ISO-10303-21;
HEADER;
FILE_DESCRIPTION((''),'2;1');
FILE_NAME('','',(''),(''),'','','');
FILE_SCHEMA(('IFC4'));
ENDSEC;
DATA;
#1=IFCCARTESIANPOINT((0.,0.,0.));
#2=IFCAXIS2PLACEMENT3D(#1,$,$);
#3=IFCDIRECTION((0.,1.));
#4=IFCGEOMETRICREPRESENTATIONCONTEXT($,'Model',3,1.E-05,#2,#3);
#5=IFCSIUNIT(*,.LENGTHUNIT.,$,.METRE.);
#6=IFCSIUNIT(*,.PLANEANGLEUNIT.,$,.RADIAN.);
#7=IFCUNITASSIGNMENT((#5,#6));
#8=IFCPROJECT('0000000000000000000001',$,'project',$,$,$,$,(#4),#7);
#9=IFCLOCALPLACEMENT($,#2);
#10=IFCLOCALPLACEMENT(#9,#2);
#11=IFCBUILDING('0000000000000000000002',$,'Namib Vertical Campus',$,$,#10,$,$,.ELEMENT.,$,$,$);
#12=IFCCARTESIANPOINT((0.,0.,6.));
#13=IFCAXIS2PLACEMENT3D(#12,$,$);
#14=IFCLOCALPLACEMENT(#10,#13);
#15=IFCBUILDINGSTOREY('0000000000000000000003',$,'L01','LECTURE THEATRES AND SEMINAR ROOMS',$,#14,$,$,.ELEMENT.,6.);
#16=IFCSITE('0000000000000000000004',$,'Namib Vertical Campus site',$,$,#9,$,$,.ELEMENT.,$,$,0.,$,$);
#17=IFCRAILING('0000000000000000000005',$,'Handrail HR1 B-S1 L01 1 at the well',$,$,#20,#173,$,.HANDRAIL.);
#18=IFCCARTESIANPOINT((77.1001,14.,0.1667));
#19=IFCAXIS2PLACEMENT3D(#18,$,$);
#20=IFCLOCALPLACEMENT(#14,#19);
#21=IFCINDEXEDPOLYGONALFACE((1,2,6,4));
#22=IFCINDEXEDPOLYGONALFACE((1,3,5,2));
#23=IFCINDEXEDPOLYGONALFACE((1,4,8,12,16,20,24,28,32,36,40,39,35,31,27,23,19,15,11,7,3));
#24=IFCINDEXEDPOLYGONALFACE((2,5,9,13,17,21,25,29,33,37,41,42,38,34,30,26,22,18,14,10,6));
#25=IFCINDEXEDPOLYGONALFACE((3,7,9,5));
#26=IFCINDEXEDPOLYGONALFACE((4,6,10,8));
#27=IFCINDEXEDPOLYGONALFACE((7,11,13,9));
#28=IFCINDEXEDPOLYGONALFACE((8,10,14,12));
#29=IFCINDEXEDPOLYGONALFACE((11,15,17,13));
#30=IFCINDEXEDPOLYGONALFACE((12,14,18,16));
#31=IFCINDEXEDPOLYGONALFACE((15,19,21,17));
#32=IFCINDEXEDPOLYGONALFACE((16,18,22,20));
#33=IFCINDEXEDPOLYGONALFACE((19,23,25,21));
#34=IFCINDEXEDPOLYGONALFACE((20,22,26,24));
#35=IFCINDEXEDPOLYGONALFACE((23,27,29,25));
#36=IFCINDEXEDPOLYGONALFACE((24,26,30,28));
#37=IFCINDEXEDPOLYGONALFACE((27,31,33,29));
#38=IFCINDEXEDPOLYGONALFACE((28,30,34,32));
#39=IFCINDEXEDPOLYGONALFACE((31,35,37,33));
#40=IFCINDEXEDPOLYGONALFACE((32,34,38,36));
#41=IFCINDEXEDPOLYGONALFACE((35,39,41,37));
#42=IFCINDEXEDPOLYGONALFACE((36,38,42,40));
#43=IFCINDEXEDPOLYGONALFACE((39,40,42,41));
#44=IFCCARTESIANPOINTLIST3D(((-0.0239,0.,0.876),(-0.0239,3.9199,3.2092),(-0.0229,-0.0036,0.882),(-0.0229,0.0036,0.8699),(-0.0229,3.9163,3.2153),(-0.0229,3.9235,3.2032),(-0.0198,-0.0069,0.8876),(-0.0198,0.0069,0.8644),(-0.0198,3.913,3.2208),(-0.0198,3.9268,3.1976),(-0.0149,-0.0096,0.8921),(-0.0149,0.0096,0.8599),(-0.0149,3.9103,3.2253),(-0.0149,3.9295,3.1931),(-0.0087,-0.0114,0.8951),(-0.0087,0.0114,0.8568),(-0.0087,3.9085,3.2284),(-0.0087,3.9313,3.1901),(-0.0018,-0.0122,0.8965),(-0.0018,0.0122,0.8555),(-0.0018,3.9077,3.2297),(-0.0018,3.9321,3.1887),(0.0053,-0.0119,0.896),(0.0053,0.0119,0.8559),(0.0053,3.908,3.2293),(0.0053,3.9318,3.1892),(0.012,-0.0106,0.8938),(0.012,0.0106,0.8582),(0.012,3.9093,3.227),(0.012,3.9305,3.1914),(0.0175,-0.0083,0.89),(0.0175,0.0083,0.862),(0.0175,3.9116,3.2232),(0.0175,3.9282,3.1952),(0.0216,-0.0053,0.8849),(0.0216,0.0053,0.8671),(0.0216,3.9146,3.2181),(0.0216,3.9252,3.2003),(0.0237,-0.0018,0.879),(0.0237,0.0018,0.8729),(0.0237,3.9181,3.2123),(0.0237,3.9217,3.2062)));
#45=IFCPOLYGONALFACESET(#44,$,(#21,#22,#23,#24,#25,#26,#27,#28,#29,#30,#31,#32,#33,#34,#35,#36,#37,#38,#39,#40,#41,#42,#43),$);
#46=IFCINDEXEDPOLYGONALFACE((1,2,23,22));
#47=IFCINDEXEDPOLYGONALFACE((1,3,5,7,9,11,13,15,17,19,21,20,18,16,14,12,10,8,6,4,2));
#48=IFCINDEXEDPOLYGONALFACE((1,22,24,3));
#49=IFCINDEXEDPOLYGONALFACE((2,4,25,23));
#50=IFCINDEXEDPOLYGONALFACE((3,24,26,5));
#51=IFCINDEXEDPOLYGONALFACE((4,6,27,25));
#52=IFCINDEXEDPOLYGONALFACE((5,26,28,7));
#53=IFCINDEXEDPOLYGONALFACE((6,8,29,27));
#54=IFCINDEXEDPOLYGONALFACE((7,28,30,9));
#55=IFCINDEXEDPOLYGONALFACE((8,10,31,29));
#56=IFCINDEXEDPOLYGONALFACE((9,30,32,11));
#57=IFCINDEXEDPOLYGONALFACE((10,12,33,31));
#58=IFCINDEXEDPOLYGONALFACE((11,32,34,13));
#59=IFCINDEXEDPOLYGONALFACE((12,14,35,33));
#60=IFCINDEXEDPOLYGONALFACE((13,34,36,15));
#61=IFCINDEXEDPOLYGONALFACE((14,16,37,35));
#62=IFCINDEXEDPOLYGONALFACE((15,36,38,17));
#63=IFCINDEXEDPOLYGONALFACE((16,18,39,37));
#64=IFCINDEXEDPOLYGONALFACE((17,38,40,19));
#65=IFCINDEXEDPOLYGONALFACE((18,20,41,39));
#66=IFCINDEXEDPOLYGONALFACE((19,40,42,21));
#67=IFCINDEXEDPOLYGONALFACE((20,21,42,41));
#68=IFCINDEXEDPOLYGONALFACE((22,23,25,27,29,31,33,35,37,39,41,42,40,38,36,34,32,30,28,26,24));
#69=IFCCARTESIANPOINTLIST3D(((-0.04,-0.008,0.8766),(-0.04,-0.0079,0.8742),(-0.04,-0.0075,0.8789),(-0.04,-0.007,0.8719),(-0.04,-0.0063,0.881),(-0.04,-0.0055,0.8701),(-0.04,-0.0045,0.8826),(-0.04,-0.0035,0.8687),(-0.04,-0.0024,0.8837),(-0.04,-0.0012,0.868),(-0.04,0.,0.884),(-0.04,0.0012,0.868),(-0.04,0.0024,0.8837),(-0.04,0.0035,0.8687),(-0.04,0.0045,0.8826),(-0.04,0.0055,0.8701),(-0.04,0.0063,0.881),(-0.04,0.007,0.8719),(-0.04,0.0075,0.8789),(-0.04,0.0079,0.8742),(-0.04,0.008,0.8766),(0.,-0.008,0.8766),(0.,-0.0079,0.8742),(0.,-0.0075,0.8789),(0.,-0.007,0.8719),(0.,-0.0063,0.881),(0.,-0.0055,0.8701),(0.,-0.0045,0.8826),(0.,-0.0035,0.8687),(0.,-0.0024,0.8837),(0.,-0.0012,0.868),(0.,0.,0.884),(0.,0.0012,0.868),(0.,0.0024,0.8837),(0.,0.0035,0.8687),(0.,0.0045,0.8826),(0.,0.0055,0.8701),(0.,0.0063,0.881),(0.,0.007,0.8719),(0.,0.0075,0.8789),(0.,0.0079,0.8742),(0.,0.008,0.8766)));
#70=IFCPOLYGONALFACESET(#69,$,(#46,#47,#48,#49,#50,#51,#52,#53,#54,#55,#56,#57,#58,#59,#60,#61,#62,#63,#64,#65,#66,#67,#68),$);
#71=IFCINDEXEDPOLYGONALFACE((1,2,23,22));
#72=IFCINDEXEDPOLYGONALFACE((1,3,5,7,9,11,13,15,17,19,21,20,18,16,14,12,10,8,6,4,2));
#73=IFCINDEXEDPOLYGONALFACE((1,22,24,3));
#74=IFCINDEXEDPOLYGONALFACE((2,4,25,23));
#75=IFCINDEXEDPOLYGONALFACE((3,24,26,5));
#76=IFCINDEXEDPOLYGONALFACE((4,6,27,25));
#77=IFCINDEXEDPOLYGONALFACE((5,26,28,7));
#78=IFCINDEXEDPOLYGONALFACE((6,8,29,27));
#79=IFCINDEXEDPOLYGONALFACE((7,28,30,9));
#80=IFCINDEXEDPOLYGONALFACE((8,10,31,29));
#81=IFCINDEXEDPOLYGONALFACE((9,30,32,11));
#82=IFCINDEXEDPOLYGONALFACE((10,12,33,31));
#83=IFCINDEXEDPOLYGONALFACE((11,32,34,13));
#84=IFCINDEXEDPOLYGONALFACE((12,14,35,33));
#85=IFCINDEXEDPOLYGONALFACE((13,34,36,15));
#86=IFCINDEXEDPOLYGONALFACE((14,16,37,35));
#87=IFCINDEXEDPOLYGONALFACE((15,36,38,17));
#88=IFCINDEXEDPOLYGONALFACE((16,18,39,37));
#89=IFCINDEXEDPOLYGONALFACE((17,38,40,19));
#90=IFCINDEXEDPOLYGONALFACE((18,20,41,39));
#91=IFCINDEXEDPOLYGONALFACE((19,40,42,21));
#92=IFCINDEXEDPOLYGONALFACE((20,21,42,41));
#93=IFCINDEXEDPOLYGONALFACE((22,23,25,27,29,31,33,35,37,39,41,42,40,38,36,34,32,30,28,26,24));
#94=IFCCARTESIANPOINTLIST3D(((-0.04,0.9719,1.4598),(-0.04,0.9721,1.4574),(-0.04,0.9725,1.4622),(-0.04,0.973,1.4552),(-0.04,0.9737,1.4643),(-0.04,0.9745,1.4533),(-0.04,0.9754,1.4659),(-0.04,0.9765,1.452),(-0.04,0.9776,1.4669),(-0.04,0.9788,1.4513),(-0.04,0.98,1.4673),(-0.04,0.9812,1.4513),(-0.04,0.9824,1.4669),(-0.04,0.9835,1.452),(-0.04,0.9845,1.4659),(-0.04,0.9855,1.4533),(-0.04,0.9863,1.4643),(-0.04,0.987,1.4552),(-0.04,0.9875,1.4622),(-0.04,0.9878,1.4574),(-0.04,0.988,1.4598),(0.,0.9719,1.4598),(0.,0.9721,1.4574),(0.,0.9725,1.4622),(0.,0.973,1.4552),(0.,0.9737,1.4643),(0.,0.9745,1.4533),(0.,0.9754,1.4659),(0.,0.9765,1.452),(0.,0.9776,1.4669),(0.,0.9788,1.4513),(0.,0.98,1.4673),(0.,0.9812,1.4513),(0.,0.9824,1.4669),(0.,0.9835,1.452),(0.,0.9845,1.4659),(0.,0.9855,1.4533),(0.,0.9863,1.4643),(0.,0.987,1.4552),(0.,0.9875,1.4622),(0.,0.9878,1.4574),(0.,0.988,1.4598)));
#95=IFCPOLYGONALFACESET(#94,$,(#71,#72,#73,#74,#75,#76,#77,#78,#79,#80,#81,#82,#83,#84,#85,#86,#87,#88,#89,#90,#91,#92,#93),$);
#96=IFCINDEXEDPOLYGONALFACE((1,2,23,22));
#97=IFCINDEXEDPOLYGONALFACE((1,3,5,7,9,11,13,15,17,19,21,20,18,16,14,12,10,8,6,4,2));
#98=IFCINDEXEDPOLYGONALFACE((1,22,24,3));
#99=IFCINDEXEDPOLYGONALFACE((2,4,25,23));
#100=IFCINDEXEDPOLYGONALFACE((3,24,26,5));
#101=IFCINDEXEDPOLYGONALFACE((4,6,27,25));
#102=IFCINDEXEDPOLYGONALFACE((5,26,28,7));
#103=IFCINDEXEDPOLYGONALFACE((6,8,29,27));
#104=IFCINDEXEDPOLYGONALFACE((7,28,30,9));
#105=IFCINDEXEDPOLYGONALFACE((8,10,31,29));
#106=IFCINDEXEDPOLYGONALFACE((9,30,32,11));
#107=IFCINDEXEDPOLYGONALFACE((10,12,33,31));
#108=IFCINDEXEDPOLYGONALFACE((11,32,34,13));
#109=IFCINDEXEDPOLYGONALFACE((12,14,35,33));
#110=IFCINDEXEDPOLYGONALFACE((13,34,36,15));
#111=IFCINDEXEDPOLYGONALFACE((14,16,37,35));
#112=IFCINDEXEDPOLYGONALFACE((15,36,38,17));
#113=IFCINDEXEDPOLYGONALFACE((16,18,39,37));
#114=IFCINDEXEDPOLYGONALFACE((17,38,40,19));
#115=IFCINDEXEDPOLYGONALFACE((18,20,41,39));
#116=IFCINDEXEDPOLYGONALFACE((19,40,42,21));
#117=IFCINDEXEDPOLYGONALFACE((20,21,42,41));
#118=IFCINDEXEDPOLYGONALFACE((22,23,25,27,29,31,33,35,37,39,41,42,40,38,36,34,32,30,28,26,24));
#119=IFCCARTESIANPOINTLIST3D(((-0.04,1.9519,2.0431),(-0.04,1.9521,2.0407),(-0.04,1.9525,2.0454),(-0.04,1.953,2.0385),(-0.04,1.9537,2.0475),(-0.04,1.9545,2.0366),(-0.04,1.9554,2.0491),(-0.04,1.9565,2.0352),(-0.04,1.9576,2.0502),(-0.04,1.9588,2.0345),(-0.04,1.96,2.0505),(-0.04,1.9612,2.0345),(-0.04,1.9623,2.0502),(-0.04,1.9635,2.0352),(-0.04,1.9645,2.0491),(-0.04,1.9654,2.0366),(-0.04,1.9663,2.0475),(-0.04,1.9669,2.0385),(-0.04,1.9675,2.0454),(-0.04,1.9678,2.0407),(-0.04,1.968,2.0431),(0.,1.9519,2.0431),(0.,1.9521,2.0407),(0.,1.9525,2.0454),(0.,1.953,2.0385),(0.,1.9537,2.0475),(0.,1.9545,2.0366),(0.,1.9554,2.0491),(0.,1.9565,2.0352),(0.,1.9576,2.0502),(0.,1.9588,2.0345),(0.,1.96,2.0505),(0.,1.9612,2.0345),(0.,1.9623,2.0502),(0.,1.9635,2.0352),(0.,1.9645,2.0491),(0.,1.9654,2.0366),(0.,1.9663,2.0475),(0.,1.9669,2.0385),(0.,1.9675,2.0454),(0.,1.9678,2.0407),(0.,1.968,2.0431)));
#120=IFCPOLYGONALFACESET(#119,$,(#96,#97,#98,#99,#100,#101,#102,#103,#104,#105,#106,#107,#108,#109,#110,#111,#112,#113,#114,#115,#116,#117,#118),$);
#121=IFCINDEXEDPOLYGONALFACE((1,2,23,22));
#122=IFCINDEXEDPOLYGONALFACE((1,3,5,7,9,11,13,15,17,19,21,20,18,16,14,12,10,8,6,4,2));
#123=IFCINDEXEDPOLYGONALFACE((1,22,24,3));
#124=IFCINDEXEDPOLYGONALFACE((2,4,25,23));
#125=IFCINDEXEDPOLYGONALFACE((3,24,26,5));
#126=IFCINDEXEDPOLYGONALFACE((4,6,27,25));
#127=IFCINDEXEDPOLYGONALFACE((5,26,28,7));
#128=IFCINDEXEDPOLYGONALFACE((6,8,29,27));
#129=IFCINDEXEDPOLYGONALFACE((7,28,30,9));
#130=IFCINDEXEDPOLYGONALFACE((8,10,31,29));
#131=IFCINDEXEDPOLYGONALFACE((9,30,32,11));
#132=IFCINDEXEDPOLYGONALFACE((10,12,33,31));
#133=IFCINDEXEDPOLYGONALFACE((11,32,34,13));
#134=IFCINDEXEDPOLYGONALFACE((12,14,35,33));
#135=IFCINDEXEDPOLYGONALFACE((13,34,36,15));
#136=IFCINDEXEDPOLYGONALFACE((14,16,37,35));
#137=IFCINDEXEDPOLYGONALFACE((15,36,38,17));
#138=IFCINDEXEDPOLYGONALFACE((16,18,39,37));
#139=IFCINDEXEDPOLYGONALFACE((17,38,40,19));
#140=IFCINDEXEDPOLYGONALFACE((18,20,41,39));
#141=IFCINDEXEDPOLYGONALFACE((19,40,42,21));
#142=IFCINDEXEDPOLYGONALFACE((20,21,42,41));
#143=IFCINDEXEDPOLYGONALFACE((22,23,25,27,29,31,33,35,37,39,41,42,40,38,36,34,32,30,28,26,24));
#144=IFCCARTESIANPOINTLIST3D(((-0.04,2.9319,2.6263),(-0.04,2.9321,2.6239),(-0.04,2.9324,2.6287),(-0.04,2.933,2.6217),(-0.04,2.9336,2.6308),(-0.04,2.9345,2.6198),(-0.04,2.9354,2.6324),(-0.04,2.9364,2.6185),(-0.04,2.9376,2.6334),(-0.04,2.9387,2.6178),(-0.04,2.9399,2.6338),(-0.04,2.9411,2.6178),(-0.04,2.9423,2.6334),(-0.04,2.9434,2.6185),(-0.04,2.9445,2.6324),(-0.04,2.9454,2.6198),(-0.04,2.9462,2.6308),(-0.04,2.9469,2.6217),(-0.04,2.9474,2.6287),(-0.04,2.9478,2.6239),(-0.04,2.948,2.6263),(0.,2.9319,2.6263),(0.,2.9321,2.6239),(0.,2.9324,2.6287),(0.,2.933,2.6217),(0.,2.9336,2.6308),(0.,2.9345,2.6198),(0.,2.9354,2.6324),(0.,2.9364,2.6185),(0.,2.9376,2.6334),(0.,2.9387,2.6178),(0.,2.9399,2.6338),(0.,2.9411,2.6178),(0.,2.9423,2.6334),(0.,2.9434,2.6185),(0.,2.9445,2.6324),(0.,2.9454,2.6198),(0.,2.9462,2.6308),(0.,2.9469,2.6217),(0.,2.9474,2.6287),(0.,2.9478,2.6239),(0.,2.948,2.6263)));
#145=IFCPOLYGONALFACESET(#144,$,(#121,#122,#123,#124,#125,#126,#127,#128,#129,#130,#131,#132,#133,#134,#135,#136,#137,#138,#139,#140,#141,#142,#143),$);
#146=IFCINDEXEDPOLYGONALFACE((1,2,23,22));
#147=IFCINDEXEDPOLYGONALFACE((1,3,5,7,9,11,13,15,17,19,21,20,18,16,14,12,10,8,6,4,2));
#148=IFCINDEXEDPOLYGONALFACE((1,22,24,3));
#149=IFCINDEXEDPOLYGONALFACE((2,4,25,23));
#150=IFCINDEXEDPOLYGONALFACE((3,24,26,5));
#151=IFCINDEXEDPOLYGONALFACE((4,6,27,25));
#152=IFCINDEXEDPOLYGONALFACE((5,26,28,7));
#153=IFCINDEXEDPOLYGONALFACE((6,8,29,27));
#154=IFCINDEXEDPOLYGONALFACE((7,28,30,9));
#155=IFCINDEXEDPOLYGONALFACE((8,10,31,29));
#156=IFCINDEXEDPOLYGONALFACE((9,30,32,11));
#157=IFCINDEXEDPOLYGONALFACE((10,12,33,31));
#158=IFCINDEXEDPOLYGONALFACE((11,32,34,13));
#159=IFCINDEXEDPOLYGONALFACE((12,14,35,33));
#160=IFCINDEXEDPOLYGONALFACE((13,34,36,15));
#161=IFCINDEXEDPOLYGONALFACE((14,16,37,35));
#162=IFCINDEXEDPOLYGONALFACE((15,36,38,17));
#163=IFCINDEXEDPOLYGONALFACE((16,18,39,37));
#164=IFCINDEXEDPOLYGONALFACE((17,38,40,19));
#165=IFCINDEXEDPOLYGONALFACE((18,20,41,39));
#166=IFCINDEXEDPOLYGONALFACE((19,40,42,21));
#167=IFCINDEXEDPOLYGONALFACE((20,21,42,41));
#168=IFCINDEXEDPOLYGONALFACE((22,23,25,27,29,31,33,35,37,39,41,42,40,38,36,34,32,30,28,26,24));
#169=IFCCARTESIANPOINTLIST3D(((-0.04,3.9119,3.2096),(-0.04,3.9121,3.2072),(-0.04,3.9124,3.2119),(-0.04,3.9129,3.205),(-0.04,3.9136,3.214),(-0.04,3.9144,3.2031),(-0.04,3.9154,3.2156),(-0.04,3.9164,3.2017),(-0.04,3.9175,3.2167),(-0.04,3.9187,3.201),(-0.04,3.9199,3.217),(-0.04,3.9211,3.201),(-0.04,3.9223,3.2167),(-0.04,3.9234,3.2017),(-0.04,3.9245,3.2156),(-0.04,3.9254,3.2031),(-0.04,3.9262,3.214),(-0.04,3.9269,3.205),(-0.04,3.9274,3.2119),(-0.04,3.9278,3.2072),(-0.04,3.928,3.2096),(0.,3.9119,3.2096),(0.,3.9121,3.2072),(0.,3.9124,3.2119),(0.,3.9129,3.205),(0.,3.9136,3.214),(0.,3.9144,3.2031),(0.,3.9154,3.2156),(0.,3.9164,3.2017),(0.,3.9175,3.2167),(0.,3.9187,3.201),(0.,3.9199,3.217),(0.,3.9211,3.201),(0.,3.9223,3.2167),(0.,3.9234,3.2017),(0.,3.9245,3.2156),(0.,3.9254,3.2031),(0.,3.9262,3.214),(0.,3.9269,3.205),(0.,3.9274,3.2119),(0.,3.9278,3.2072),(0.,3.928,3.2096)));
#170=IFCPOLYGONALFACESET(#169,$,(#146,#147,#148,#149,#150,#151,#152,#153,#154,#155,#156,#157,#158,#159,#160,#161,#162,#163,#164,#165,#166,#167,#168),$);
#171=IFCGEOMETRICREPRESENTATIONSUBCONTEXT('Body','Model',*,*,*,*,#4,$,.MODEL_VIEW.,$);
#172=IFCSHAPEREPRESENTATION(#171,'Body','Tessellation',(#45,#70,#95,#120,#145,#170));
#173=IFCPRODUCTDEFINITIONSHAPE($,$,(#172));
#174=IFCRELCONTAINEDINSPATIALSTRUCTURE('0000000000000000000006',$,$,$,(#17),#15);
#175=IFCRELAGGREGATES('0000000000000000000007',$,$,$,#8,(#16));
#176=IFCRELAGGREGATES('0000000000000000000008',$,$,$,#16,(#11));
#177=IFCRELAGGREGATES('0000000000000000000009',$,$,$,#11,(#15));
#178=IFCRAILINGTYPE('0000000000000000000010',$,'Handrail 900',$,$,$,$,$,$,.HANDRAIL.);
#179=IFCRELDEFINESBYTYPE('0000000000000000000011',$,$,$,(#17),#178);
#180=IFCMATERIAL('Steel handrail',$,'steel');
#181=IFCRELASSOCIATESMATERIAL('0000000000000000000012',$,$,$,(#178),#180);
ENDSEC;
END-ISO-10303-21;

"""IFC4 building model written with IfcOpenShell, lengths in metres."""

from ifc_helpers import new_model, si_unit, direction, frame, origin, origin_2d, place, context, subcontext, project, spatial, circle, extrude, material, type_object, element, save


model = new_model("IFC4")

# Units and contexts
model_context = context("Model", 3, precision=1e-05, world=origin(), true_north=direction((0.0, 1.0)))
body_context = subcontext(model_context, "Body", "Model", "MODEL_VIEW")
ifc_project = project(units=[si_unit("LENGTHUNIT", "METRE"), si_unit("PLANEANGLEUNIT", "RADIAN")], contexts=[model_context])

# Site, building, storey
site_placement = place(None, origin())
site = spatial("IfcSite", under=ifc_project, at=site_placement, Name="Namib Vertical Campus site", CompositionType="ELEMENT", RefElevation=0.0)
building_placement = place(site_placement, origin())
building = spatial("IfcBuilding", under=site, at=building_placement, Name="Namib Vertical Campus", CompositionType="ELEMENT")
storey_placement = place(building_placement, frame((0.0, 0.0, 6.0)))
storey = spatial("IfcBuildingStorey", under=building, at=storey_placement, Name="L01", Description="LECTURE THEATRES AND SEMINAR ROOMS", CompositionType="ELEMENT", Elevation=6.0)

# Railing
ifc_material_1 = material(Name="Steel handrail", Category="steel")
railing_type_1 = type_object("IfcRailingType", Name="Handrail 900", PredefinedType="HANDRAIL", material=ifc_material_1)
railing_1_placement = place(storey_placement, frame((77.1001, 14.0, 0.1667)))
element("IfcRailing", 1, at=railing_1_placement, inside=storey, type_object=railing_type_1, Name="Handrail HR1 B-S1 L01 1 at the well", PredefinedType="HANDRAIL", context=body_context, shape_type="SweptSolid", body=[
    extrude(circle(Radius=0.0239, at=origin_2d()), frame((0.0, 0.0, 0.876), z_axis=(0.0, 0.859296, 0.511478), x_axis=(-1.0, 0.0, 0.0)), (0.0, 0.0, 1.0), 4.5618),
    extrude(circle(Radius=0.0081, at=origin_2d()), frame((0.0, 0.0, 0.876), z_axis=(-1.0, 0.0, 0.0), x_axis=(0.0, 0.0, 1.0)), (0.0, 0.0, 1.0), 0.04),
    extrude(circle(Radius=0.0081, at=origin_2d()), frame((0.0, 0.98, 1.4592), z_axis=(-1.0, 0.0, 0.0), x_axis=(0.0, 0.0, 1.0)), (0.0, 0.0, 1.0), 0.04),
    extrude(circle(Radius=0.0081, at=origin_2d()), frame((0.0, 1.96, 2.0425), z_axis=(-1.0, 0.0, 0.0), x_axis=(0.0, 0.0, 1.0)), (0.0, 0.0, 1.0), 0.04),
    extrude(circle(Radius=0.0081, at=origin_2d()), frame((0.0, 2.9399, 2.6257), z_axis=(-1.0, 0.0, 0.0), x_axis=(0.0, 0.0, 1.0)), (0.0, 0.0, 1.0), 0.04),
    extrude(circle(Radius=0.0081, at=origin_2d()), frame((0.0, 3.9199, 3.209), z_axis=(-1.0, 0.0, 0.0), x_axis=(0.0, 0.0, 1.0)), (0.0, 0.0, 1.0), 0.04),
])

save(model, "model.ifc")
